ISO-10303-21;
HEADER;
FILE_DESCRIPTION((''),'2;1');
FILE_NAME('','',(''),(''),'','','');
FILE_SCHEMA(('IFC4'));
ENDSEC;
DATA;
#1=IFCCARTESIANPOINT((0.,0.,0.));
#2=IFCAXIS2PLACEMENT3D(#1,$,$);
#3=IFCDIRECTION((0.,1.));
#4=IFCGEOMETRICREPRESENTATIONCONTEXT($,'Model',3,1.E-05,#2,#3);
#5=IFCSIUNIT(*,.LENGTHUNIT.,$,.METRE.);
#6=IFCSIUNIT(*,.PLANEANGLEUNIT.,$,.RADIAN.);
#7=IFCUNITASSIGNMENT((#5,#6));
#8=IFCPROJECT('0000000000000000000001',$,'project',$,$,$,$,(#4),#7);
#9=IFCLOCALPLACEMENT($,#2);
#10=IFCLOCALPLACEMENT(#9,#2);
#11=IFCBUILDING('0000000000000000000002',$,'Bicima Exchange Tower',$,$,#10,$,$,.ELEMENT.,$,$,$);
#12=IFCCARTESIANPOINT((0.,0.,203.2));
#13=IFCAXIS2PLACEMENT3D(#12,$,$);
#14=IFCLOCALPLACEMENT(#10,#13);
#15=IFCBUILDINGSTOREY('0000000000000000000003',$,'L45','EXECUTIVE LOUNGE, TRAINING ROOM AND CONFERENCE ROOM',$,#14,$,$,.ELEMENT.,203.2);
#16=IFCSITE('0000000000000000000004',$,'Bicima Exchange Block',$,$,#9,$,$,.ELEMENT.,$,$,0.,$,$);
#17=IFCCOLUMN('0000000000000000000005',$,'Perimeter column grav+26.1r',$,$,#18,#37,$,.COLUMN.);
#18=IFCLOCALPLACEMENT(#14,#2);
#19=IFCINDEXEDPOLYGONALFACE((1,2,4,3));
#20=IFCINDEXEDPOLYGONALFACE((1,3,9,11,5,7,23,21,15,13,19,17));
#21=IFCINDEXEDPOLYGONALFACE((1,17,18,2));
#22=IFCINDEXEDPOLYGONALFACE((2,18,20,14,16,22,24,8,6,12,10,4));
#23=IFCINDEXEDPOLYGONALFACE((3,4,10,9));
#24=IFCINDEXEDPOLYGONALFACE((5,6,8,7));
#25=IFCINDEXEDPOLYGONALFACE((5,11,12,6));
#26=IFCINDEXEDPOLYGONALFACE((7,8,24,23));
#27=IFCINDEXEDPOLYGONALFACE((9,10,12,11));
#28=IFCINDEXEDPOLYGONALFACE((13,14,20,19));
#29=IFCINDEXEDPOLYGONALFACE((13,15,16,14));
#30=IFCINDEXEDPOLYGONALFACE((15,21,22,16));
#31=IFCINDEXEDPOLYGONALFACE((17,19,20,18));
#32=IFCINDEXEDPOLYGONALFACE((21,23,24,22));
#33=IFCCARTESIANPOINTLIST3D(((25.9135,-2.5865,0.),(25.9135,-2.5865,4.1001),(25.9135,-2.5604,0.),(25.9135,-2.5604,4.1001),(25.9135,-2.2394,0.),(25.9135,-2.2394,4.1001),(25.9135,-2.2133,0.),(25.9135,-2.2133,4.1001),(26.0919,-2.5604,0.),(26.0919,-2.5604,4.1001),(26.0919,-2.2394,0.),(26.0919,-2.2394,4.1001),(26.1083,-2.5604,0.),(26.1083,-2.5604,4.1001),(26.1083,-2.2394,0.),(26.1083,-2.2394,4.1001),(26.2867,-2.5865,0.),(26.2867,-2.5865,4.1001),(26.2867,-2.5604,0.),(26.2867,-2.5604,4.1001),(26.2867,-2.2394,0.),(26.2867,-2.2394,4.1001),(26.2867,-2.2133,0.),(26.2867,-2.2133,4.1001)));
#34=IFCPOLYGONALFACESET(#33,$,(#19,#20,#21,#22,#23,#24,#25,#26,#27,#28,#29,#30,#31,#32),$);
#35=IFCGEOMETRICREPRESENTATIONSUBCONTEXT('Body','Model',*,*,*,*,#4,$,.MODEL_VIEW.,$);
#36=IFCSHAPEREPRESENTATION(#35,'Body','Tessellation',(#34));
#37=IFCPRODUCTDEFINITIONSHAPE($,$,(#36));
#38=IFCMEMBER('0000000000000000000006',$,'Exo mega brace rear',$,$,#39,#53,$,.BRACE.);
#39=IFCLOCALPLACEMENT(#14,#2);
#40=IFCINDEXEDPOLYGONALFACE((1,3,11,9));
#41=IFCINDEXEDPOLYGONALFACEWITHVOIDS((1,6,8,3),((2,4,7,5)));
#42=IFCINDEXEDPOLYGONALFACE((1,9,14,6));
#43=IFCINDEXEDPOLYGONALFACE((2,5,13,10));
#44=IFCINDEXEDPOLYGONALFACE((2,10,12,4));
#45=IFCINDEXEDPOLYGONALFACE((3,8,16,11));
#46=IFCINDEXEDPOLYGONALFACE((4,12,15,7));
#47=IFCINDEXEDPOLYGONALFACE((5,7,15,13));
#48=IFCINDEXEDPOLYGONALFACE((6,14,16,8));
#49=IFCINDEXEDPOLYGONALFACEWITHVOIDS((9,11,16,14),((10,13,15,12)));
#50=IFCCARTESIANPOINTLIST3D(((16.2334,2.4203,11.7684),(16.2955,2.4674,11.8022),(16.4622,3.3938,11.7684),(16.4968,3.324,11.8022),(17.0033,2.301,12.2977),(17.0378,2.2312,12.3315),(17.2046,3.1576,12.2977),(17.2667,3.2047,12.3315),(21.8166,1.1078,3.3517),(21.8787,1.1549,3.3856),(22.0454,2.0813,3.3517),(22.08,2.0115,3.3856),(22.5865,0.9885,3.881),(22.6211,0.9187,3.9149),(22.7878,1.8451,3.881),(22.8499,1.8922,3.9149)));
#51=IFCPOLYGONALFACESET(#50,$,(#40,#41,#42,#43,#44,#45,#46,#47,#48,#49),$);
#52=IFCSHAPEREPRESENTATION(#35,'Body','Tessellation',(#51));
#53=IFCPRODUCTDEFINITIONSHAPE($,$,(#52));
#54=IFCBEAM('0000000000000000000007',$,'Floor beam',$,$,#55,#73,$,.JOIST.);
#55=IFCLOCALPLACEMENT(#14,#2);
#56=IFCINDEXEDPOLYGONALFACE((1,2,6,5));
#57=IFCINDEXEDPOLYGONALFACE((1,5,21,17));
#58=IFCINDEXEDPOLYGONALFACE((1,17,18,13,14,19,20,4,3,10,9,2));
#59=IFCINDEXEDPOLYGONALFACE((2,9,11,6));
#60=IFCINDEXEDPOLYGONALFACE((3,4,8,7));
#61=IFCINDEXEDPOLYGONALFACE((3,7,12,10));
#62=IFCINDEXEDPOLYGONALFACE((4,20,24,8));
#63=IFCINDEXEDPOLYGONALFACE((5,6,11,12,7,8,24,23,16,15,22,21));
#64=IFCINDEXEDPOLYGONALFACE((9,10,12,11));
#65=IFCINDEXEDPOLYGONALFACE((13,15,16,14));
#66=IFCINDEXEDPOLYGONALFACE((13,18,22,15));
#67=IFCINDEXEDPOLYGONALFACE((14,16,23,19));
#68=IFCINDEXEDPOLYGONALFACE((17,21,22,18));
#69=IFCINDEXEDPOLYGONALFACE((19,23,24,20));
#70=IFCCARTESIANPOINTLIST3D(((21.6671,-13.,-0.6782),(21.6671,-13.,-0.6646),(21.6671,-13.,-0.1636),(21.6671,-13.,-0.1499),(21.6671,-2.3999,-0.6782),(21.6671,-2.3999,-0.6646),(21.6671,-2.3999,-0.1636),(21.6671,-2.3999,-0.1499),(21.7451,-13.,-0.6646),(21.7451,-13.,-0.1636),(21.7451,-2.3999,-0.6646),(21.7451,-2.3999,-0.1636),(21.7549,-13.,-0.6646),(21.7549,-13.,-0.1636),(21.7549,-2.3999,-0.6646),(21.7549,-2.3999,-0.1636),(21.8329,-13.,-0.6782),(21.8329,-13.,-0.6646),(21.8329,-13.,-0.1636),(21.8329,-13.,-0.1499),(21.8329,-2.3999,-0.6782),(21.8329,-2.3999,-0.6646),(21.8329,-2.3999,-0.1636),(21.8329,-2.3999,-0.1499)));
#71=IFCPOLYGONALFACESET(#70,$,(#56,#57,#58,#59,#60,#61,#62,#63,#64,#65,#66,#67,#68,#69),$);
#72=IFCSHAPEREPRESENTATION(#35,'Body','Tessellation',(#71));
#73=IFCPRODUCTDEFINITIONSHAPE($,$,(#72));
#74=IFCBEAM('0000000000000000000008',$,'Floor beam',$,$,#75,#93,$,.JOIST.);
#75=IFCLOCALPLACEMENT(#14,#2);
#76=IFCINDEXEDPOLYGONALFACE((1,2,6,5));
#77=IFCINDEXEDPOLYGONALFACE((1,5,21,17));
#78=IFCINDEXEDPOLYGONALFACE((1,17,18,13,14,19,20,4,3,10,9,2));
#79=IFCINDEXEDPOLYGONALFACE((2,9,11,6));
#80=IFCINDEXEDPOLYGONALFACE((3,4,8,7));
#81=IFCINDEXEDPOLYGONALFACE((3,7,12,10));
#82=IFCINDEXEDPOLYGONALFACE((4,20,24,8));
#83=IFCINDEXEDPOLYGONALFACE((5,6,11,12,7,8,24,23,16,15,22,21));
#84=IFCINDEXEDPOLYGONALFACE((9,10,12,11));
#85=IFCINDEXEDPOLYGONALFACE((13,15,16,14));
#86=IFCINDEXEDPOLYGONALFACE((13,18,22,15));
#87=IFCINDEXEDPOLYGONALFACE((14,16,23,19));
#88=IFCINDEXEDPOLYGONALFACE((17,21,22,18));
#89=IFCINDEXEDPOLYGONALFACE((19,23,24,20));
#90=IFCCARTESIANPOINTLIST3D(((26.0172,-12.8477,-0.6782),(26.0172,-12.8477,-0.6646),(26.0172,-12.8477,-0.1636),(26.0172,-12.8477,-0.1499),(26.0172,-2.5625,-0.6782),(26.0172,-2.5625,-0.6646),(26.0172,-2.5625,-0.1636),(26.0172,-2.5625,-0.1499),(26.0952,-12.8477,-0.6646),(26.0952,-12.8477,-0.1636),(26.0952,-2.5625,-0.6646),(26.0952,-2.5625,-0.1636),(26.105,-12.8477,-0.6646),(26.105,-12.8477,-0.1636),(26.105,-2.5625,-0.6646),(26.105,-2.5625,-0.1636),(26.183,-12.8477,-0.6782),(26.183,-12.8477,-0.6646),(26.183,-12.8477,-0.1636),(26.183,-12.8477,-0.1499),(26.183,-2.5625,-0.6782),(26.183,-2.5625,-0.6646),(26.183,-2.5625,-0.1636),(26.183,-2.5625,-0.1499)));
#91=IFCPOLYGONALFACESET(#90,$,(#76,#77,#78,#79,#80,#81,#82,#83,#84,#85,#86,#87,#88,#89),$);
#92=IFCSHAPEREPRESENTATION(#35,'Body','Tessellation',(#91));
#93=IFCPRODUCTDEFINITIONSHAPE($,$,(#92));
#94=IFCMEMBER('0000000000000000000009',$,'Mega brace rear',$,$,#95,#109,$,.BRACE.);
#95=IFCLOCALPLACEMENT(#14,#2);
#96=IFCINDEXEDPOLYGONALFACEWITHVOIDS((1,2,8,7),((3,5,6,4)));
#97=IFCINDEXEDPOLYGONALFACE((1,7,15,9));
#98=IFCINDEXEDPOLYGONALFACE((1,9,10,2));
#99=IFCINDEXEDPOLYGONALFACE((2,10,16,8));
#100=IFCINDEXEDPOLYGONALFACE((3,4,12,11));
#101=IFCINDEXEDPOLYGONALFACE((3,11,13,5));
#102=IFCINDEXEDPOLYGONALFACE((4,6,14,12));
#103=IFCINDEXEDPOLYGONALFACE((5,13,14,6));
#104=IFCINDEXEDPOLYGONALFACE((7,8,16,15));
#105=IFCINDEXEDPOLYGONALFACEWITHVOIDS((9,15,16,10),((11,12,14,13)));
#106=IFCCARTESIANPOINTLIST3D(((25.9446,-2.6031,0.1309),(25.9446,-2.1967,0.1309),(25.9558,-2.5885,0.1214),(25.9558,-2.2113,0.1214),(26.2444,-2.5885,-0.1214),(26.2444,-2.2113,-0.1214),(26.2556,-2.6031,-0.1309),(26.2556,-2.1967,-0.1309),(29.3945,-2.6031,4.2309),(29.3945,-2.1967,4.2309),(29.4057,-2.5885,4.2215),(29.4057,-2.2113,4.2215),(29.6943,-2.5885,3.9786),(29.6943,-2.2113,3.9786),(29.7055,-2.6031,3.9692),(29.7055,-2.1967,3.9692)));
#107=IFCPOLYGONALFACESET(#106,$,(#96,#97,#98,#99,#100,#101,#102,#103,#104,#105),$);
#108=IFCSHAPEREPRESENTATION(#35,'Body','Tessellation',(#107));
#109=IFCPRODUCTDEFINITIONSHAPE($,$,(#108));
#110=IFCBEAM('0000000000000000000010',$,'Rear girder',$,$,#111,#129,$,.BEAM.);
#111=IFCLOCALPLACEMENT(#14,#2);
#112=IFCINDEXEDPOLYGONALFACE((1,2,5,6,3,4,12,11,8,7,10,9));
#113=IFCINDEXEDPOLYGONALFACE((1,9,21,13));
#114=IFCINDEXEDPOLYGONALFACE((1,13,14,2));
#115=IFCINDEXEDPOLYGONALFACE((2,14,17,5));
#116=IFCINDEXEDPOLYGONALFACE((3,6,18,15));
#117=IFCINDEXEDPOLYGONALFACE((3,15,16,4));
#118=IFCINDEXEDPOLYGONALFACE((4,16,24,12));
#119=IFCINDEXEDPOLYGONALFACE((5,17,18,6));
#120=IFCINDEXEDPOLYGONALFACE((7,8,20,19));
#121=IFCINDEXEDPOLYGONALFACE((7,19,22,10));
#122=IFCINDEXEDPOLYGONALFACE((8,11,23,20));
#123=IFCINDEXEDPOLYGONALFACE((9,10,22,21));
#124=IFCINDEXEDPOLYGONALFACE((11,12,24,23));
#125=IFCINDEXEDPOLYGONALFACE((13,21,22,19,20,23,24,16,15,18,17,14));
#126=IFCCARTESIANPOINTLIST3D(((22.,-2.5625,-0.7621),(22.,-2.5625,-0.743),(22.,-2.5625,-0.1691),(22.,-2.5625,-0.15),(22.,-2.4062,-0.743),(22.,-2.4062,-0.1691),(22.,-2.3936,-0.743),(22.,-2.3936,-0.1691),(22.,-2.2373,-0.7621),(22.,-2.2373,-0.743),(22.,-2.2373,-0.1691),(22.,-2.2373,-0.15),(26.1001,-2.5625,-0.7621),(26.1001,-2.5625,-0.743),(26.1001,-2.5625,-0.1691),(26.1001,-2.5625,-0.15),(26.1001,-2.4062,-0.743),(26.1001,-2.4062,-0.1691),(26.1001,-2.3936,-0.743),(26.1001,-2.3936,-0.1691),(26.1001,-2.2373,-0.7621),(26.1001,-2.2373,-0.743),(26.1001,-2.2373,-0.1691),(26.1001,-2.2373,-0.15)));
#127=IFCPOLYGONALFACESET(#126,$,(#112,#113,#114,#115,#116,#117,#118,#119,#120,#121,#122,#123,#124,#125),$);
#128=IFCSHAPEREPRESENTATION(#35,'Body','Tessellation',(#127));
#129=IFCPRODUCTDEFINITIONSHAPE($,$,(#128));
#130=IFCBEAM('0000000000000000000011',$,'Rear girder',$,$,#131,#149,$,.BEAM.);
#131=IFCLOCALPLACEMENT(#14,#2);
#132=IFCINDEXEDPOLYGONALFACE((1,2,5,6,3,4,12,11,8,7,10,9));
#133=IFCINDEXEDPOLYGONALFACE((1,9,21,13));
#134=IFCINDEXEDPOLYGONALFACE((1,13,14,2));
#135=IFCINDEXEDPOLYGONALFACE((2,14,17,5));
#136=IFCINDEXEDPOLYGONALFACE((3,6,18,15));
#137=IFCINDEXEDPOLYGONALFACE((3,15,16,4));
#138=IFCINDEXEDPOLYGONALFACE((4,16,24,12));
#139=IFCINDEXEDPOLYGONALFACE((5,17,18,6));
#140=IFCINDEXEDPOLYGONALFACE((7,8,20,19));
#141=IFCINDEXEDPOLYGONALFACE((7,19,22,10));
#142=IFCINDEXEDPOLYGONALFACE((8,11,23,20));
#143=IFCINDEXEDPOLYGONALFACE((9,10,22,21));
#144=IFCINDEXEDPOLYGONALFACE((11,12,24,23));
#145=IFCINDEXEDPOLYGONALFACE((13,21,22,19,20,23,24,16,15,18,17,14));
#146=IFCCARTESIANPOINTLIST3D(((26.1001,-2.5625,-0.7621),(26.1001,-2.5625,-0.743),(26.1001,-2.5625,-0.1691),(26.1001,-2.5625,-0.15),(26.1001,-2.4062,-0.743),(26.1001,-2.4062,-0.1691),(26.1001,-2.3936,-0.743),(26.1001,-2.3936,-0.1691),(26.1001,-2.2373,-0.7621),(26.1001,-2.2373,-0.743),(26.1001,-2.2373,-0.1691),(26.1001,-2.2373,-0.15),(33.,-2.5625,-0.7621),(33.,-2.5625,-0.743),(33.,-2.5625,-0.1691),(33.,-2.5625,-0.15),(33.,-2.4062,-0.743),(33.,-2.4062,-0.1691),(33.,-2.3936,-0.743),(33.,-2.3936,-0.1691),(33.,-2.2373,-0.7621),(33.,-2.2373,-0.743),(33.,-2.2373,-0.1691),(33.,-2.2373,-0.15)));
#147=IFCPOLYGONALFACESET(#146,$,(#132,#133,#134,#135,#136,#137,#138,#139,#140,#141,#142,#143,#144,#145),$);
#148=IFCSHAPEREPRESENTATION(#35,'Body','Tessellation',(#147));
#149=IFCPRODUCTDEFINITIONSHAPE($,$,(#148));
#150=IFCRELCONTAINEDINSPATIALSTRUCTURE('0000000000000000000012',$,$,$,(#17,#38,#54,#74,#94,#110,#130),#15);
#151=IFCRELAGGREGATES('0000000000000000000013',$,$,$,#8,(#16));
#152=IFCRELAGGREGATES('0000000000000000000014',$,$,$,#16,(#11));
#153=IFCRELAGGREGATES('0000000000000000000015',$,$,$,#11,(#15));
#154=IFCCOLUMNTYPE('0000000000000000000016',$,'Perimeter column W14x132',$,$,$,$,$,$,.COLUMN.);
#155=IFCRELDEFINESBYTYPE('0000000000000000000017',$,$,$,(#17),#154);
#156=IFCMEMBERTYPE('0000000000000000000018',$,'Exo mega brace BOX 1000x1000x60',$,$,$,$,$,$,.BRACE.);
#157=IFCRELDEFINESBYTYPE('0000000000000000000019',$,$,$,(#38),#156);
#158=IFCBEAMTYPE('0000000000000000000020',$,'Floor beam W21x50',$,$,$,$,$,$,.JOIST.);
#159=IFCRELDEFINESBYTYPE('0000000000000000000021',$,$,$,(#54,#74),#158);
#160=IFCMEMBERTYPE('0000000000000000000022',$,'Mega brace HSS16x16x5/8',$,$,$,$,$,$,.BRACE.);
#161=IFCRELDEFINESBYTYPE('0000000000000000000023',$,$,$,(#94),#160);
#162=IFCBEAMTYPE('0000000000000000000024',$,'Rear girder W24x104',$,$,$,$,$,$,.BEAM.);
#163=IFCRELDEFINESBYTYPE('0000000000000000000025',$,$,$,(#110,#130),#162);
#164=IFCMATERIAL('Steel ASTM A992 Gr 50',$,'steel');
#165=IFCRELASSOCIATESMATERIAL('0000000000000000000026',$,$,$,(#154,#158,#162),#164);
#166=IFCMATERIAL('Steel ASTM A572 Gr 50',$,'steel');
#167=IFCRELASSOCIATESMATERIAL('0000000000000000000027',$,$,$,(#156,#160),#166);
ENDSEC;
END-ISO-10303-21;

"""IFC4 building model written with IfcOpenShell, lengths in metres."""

from ifc_helpers import new_model, si_unit, direction, frame, origin, origin_2d, place, context, subcontext, project, spatial, hollow_rectangle, i_section, extrude, material, material_profile, profile_set, type_object, element, save


model = new_model("IFC4")

# Units and contexts
model_context = context("Model", 3, precision=1e-05, world=origin(), true_north=direction((0.0, 1.0)))
body_context = subcontext(model_context, "Body", "Model", "MODEL_VIEW")
ifc_project = project(units=[si_unit("LENGTHUNIT", "METRE"), si_unit("PLANEANGLEUNIT", "RADIAN")], contexts=[model_context])

# Site, building, storey
site_placement = place(None, origin())
site = spatial("IfcSite", under=ifc_project, at=site_placement, Name="Bicima Exchange Block", CompositionType="ELEMENT", RefElevation=0.0)
building_placement = place(site_placement, origin())
building = spatial("IfcBuilding", under=site, at=building_placement, Name="Bicima Exchange Tower", CompositionType="ELEMENT")
storey_placement = place(building_placement, frame((0.0, 0.0, 203.2)))
storey = spatial("IfcBuildingStorey", under=building, at=storey_placement, Name="L45", Description="EXECUTIVE LOUNGE, TRAINING ROOM AND CONFERENCE ROOM", CompositionType="ELEMENT", Elevation=203.2)

# Column
ifc_material_1 = material(Name="Steel ASTM A992 Gr 50", Category="steel")
ifc_material_profile_1 = material_profile(ifc_material_1, i_section(OverallWidth=0.3733, OverallDepth=0.3733, WebThickness=0.0164, FlangeThickness=0.0261, at=origin_2d()))
ifc_profile_set_1 = profile_set([ifc_material_profile_1], Name="Steel ASTM A992 Gr 50")
column_type = type_object("IfcColumnType", Name="Perimeter column W14x132", PredefinedType="COLUMN", material=ifc_profile_set_1)
column_placement = place(storey_placement, frame((26.1001, -2.3999, 0.0), z_axis=(0.0, 0.0, 1.0), x_axis=(1.0, 0.0, 0.0)))
element("IfcColumn", 1, at=column_placement, inside=storey, type_object=column_type, Name="Perimeter column grav+26.1r", PredefinedType="COLUMN", context=body_context, shape_type="SweptSolid", body=[
    extrude(i_section(OverallWidth=0.3733, OverallDepth=0.3733, WebThickness=0.0164, FlangeThickness=0.0261, at=origin_2d()), origin(), (0.0, 0.0, 1.0), 4.1001),
])

# Member
ifc_material_2 = material(Name="Steel ASTM A572 Gr 50", Category="steel")
ifc_material_profile_2 = material_profile(ifc_material_2, hollow_rectangle(XDim=1.0, YDim=1.0, WallThickness=0.0601, at=origin_2d()))
ifc_profile_set_2 = profile_set([ifc_material_profile_2], Name="Steel ASTM A572 Gr 50")
member_type_1 = type_object("IfcMemberType", Name="Exo mega brace BOX 1000x1000x60", PredefinedType="BRACE", material=ifc_profile_set_2)
member_1_placement = place(storey_placement, frame((22.3333, 1.5, 3.6333), z_axis=(-0.548176, 0.128864, 0.826376), x_axis=(-0.22884, -0.973464, 0.0)))
element("IfcMember", 2, at=member_1_placement, inside=storey, type_object=member_type_1, Name="Exo mega brace rear", PredefinedType="BRACE", context=body_context, shape_type="SweptSolid", body=[
    extrude(hollow_rectangle(XDim=1.0, YDim=1.0, WallThickness=0.0601, at=origin_2d()), origin(), (0.0, 0.0, 1.0), 10.1851),
])

# Beams
ifc_material_profile_3 = material_profile(ifc_material_1, i_section(OverallWidth=0.1658, OverallDepth=0.5283, WebThickness=0.0098, FlangeThickness=0.0137, at=origin_2d()))
ifc_profile_set_3 = profile_set([ifc_material_profile_3], Name="Steel ASTM A992 Gr 50")
beam_type_1 = type_object("IfcBeamType", Name="Floor beam W21x50", PredefinedType="JOIST", material=ifc_profile_set_3)
beam_1_placement = place(storey_placement, frame((21.75, -2.3999, -0.4141), z_axis=(0.0, -1.0, 0.0), x_axis=(1.0, 0.0, 0.0)))
element("IfcBeam", 3, at=beam_1_placement, inside=storey, type_object=beam_type_1, Name="Floor beam", PredefinedType="JOIST", context=body_context, shape_type="SweptSolid", body=[
    extrude(i_section(OverallWidth=0.1658, OverallDepth=0.5283, WebThickness=0.0098, FlangeThickness=0.0137, at=origin_2d()), origin(), (0.0, 0.0, 1.0), 10.6001),
])
beam_2_placement = place(storey_placement, frame((26.1001, -2.5625, -0.4141), z_axis=(0.0, -1.0, 0.0), x_axis=(1.0, 0.0, 0.0)))
element("IfcBeam", 4, at=beam_2_placement, inside=storey, type_object=beam_type_1, Name="Floor beam", PredefinedType="JOIST", context=body_context, shape_type="SweptSolid", body=[
    extrude(i_section(OverallWidth=0.1658, OverallDepth=0.5283, WebThickness=0.0098, FlangeThickness=0.0137, at=origin_2d()), origin(), (0.0, 0.0, 1.0), 10.2852),
])

# Member
ifc_material_profile_4 = material_profile(ifc_material_2, hollow_rectangle(XDim=0.4065, YDim=0.4065, WallThickness=0.0146, at=origin_2d()))
ifc_profile_set_4 = profile_set([ifc_material_profile_4], Name="Steel ASTM A572 Gr 50")
member_type_2 = type_object("IfcMemberType", Name="Mega brace HSS16x16x5/8", PredefinedType="BRACE", material=ifc_profile_set_4)
member_2_placement = place(storey_placement, frame((26.1001, -2.3999, 0.0), z_axis=(0.643834, 0.0, 0.765165), x_axis=(0.0, 1.0, 0.0)))
element("IfcMember", 5, at=member_2_placement, inside=storey, type_object=member_type_2, Name="Mega brace rear", PredefinedType="BRACE", context=body_context, shape_type="SweptSolid", body=[
    extrude(hollow_rectangle(XDim=0.4065, YDim=0.4065, WallThickness=0.0146, at=origin_2d()), origin(), (0.0, 0.0, 1.0), 5.3584),
])

# Beams
ifc_material_profile_5 = material_profile(ifc_material_1, i_section(OverallWidth=0.3252, OverallDepth=0.6121, WebThickness=0.0127, FlangeThickness=0.019, at=origin_2d()))
ifc_profile_set_5 = profile_set([ifc_material_profile_5], Name="Steel ASTM A992 Gr 50")
beam_type_2 = type_object("IfcBeamType", Name="Rear girder W24x104", PredefinedType="BEAM", material=ifc_profile_set_5)
beam_3_placement = place(storey_placement, frame((22.0, -2.3999, -0.4561), z_axis=(1.0, 0.0, 0.0), x_axis=(0.0, 1.0, 0.0)))
element("IfcBeam", 6, at=beam_3_placement, inside=storey, type_object=beam_type_2, Name="Rear girder", PredefinedType="BEAM", context=body_context, shape_type="SweptSolid", body=[
    extrude(i_section(OverallWidth=0.3252, OverallDepth=0.6121, WebThickness=0.0127, FlangeThickness=0.019, at=origin_2d()), origin(), (0.0, 0.0, 1.0), 4.1001),
])
beam_4_placement = place(storey_placement, frame((26.1001, -2.3999, -0.4561), z_axis=(1.0, 0.0, 0.0), x_axis=(0.0, 1.0, 0.0)))
element("IfcBeam", 7, at=beam_4_placement, inside=storey, type_object=beam_type_2, Name="Rear girder", PredefinedType="BEAM", context=body_context, shape_type="SweptSolid", body=[
    extrude(i_section(OverallWidth=0.3252, OverallDepth=0.6121, WebThickness=0.0127, FlangeThickness=0.019, at=origin_2d()), origin(), (0.0, 0.0, 1.0), 6.8999),
])

save(model, "model.ifc")
